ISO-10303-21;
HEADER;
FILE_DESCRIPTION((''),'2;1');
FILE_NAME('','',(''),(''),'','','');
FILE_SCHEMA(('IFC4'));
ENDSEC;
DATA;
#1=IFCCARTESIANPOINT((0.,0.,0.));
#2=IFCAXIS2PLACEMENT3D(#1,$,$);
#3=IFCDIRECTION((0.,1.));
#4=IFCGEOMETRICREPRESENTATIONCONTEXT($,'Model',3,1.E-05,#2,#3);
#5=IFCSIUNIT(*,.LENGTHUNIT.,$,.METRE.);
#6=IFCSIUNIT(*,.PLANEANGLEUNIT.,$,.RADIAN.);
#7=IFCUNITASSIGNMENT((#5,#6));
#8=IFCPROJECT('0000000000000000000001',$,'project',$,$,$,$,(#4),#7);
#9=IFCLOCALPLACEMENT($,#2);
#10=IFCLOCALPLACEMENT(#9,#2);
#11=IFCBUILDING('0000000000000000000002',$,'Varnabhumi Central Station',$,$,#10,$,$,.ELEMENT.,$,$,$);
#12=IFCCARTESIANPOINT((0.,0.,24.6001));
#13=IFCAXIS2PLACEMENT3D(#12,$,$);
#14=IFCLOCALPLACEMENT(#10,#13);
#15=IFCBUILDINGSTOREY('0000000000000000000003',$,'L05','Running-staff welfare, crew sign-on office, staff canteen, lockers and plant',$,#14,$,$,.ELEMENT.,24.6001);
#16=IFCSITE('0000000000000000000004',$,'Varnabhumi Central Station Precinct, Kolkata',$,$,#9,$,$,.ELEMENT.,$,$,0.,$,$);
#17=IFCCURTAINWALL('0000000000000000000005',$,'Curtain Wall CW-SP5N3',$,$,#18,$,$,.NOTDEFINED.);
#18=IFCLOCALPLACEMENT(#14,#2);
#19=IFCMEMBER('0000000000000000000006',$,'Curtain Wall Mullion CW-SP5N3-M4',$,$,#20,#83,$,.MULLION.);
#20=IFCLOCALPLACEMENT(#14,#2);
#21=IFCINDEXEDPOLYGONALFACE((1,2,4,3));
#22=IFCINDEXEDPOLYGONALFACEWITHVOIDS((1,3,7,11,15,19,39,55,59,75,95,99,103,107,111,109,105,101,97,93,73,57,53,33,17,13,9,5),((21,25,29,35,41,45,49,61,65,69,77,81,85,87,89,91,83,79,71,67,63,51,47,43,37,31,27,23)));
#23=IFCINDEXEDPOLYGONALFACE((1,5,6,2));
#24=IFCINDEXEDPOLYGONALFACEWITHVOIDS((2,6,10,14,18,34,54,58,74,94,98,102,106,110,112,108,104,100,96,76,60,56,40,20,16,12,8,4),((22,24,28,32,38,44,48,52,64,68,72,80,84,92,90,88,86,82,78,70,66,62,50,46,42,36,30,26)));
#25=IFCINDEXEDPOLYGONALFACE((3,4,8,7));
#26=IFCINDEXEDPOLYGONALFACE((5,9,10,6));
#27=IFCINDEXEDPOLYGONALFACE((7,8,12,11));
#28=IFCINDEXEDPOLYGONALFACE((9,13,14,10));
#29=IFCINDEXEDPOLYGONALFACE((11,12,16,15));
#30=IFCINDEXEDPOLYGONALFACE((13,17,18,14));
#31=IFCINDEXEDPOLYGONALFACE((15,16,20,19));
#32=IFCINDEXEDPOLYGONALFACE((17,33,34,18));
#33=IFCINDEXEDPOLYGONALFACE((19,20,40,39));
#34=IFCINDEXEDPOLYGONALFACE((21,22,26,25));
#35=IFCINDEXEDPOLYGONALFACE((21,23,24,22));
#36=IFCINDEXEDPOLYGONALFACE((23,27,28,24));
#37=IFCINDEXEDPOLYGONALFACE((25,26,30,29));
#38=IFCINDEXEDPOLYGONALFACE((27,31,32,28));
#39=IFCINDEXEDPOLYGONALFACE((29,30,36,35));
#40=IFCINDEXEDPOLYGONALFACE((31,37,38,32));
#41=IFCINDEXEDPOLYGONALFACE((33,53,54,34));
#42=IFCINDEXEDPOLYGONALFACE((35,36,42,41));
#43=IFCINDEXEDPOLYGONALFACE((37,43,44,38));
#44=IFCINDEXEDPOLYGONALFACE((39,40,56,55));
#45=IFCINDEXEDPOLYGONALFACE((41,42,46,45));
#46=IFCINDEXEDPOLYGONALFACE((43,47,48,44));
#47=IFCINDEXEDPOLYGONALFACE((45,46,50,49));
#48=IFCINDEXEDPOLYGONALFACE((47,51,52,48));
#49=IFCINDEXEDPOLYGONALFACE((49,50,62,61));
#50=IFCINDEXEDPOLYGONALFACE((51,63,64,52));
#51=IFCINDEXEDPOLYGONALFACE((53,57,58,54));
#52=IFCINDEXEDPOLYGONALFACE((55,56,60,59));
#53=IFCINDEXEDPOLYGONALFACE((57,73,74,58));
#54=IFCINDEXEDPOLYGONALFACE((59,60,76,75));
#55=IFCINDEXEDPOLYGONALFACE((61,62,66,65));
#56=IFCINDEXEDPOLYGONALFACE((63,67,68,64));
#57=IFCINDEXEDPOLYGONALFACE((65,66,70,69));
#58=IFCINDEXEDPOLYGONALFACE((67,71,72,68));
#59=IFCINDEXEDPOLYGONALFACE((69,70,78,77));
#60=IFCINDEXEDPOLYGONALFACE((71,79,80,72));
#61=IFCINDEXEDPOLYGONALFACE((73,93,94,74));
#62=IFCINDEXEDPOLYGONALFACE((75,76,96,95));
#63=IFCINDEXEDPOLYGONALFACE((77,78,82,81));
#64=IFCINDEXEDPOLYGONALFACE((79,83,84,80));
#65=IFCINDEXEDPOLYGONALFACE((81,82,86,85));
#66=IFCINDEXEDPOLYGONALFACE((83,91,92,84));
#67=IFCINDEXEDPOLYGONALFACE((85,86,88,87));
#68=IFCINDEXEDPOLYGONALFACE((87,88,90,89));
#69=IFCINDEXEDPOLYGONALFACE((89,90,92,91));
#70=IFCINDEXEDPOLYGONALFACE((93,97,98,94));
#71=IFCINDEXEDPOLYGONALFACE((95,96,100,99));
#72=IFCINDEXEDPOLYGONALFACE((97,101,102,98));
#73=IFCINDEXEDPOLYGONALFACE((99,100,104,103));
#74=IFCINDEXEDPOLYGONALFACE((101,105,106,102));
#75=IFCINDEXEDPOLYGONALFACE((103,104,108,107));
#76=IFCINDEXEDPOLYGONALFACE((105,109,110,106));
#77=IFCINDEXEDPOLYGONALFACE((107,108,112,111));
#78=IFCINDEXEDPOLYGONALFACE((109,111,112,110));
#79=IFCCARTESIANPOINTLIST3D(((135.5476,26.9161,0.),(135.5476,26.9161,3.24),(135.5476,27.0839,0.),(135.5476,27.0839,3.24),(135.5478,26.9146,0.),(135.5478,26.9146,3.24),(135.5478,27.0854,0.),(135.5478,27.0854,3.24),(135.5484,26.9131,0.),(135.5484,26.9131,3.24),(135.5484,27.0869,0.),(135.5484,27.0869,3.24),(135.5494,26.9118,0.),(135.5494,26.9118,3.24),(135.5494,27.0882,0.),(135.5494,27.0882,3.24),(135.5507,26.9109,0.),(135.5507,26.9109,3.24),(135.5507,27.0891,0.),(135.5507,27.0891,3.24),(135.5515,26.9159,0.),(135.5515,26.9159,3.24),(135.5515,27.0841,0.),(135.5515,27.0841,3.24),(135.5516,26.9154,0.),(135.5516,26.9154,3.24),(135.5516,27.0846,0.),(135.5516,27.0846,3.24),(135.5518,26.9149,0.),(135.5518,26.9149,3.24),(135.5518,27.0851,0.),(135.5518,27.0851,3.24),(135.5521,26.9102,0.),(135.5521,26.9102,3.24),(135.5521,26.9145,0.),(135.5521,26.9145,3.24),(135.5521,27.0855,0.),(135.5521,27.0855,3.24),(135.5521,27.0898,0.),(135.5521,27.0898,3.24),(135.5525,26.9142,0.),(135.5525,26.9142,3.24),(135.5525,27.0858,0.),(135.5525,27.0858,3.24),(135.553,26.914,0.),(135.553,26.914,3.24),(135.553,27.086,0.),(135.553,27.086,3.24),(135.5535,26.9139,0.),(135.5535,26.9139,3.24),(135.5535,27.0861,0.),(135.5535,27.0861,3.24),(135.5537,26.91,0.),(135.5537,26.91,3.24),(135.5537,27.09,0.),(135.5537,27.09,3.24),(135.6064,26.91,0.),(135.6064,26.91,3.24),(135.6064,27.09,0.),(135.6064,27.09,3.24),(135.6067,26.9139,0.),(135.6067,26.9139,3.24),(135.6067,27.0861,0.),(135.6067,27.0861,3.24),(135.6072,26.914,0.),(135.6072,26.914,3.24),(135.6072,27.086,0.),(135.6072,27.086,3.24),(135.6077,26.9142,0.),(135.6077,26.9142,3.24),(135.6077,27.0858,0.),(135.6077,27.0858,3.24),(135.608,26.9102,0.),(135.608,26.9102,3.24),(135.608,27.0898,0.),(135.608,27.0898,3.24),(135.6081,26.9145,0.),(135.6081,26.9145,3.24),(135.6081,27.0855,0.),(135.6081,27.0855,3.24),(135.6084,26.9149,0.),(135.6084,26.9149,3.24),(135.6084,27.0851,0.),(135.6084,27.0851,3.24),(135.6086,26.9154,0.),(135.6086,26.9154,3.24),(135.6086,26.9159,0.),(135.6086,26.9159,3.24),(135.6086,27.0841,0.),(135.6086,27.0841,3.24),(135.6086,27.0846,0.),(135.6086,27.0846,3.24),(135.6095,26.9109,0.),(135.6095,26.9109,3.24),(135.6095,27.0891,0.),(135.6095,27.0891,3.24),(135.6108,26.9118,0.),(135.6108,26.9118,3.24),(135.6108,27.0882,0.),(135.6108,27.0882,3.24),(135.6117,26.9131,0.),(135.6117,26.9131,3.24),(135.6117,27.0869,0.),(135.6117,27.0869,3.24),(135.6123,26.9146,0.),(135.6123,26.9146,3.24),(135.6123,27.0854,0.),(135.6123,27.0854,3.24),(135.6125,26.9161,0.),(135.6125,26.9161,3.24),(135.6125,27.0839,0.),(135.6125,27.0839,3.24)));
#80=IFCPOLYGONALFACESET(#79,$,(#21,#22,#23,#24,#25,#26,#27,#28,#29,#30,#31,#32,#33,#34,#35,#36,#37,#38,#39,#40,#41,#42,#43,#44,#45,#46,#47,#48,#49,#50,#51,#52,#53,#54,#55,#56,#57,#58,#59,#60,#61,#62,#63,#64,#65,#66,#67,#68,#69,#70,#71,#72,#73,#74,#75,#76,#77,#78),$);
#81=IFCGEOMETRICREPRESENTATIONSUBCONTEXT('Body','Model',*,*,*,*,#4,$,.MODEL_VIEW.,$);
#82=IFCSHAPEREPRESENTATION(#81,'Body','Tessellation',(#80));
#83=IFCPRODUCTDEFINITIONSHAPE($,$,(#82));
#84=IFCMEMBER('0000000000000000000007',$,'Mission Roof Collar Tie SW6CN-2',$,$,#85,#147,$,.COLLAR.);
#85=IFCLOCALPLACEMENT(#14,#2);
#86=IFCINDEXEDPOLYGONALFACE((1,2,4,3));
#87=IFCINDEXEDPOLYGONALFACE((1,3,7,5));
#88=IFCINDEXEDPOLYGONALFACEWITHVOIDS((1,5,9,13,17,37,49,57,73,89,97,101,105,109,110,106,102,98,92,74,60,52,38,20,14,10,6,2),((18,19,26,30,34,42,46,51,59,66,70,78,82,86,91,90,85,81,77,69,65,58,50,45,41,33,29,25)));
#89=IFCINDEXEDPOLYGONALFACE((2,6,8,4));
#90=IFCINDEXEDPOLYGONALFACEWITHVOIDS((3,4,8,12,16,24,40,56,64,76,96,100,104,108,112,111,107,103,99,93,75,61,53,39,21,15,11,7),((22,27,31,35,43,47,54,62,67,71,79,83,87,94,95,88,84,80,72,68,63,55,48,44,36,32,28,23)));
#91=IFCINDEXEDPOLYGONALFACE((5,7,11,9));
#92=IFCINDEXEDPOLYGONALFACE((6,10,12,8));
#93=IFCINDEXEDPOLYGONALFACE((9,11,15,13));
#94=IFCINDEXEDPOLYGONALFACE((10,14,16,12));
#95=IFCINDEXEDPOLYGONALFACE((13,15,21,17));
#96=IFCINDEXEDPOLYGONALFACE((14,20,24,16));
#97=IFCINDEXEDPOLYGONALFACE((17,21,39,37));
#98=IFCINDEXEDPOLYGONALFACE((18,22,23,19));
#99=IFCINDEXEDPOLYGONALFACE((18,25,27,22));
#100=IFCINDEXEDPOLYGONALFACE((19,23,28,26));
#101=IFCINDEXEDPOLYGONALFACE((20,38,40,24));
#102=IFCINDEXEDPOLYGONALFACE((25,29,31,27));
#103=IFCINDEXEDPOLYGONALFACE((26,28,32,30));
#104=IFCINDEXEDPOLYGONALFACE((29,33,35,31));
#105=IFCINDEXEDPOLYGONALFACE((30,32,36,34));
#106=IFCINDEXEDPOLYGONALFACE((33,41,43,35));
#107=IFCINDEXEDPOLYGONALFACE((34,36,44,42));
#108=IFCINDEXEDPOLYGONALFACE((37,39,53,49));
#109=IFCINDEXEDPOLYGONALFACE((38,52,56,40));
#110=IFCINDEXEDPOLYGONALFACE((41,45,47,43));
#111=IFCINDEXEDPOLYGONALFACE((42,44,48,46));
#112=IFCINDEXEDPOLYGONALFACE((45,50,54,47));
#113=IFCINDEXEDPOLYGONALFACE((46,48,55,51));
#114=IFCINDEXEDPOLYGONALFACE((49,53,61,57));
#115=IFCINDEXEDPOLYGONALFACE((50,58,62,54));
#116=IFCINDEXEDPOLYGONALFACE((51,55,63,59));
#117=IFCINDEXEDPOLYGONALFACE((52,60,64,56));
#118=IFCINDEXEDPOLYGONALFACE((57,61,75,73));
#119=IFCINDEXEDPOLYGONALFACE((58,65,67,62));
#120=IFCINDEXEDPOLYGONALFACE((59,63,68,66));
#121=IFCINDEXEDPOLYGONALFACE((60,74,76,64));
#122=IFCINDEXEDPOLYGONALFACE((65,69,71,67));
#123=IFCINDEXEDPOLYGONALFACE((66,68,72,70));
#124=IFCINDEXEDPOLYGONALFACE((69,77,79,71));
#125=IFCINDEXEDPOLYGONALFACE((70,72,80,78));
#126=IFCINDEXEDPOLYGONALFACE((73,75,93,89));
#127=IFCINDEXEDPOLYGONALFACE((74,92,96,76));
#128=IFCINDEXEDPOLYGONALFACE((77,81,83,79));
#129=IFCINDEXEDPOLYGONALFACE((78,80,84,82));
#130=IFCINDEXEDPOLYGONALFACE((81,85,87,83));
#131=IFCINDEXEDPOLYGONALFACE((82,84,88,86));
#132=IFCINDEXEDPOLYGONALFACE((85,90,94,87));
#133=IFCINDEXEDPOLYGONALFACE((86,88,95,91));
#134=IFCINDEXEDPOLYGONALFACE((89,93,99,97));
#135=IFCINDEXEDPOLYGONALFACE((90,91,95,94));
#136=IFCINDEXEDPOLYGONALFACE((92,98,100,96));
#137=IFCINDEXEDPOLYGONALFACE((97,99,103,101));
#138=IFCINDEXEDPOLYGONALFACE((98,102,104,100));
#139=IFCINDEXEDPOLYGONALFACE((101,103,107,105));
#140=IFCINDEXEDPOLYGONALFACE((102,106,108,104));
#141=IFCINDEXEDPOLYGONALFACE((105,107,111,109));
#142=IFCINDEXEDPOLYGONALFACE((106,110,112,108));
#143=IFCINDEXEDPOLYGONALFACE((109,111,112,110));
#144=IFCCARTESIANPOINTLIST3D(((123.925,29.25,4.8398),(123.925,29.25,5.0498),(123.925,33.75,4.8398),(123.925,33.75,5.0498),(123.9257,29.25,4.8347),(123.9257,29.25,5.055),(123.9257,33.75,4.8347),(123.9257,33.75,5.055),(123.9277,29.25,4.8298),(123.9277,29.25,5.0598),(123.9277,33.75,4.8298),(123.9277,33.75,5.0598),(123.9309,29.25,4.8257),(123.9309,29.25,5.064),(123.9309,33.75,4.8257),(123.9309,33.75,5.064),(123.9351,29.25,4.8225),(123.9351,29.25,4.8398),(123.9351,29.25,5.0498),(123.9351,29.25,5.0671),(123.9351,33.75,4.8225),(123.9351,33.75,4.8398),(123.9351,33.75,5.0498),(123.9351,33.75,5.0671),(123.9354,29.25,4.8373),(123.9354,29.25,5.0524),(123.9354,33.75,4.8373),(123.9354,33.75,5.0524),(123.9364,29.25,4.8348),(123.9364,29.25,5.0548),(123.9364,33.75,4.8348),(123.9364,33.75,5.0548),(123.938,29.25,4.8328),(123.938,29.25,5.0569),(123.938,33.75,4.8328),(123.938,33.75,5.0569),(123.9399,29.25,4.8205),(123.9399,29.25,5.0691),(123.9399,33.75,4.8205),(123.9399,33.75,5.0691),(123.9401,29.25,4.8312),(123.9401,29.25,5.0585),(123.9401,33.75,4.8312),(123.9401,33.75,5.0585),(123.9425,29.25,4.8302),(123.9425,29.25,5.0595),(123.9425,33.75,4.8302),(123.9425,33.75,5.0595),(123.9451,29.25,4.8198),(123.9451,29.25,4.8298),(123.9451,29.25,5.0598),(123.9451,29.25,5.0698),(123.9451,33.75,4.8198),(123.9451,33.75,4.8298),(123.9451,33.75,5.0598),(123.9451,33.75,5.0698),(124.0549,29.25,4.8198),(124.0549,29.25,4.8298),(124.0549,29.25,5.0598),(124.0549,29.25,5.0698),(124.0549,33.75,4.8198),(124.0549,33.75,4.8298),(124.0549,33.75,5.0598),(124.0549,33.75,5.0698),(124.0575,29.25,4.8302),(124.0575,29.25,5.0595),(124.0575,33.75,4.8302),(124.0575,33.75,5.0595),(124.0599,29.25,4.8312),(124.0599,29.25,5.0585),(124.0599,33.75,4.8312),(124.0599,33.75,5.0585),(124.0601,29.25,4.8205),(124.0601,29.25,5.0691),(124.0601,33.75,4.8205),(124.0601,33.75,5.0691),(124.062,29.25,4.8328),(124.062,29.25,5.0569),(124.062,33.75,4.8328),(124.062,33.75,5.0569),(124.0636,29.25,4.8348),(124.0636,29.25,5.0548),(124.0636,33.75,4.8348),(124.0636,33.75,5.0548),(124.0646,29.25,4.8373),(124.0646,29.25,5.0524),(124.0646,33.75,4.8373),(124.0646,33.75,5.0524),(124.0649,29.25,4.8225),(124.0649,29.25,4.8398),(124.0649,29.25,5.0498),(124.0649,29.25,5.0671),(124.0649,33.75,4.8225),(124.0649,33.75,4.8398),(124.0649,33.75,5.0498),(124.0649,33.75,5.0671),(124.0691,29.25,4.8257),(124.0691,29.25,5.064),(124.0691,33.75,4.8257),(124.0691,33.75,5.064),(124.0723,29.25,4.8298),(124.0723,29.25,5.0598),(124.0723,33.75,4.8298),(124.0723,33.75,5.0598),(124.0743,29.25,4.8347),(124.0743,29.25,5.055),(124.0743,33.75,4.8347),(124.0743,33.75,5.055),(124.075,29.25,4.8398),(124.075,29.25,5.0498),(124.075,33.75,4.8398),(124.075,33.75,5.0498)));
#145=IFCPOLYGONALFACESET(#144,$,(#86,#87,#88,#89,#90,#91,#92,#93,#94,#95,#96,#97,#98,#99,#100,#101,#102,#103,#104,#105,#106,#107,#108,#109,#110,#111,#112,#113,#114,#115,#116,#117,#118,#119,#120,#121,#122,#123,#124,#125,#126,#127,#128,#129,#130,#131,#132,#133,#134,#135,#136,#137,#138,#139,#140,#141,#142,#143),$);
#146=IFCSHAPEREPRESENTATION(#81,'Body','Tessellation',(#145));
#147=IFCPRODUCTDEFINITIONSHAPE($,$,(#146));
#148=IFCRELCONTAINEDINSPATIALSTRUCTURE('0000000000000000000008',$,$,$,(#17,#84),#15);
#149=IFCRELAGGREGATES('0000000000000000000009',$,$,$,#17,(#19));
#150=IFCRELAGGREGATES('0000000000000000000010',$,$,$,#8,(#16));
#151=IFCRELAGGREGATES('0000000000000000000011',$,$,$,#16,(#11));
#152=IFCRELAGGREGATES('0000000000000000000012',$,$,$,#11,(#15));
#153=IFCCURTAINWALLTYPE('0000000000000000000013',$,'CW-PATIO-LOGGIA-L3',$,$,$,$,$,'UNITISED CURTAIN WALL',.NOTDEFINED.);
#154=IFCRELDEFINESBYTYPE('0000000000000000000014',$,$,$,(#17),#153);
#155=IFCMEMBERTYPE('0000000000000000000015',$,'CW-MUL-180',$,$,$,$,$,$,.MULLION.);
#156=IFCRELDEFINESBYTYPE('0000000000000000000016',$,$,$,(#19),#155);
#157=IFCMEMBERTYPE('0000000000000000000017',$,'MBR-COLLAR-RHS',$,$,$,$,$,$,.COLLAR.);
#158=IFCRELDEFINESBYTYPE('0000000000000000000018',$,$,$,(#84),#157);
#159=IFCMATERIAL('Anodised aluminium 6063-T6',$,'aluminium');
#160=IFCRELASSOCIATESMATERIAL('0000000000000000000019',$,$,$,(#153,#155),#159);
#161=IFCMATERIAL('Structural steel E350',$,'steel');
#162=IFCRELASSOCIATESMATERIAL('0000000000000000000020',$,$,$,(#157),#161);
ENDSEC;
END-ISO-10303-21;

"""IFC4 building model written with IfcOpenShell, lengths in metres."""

from ifc_helpers import new_model, si_unit, direction, frame, origin, origin_2d, place, context, subcontext, project, spatial, hollow_rectangle, extrude, material, material_profile, profile_set, type_object, element, aggregate, save


model = new_model("IFC4")

# Units and contexts
model_context = context("Model", 3, precision=1e-05, world=origin(), true_north=direction((0.0, 1.0)))
body_context = subcontext(model_context, "Body", "Model", "MODEL_VIEW")
ifc_project = project(units=[si_unit("LENGTHUNIT", "METRE"), si_unit("PLANEANGLEUNIT", "RADIAN")], contexts=[model_context])

# Site, building, storey
site_placement = place(None, origin())
site = spatial("IfcSite", under=ifc_project, at=site_placement, Name="Varnabhumi Central Station Precinct, Kolkata", CompositionType="ELEMENT", RefElevation=0.0)
building_placement = place(site_placement, origin())
building = spatial("IfcBuilding", under=site, at=building_placement, Name="Varnabhumi Central Station", CompositionType="ELEMENT")
storey_placement = place(building_placement, frame((0.0, 0.0, 24.6001)))
storey = spatial("IfcBuildingStorey", under=building, at=storey_placement, Name="L05", Description="Running-staff welfare, crew sign-on office, staff canteen, lockers and plant", CompositionType="ELEMENT", Elevation=24.6001)

# Shared definitions
ifc_material_1 = material(Name="Structural steel E350", Category="steel")

# Curtain wall, member
ifc_material_2 = material(Name="Anodised aluminium 6063-T6", Category="aluminium")
curtain_wall_type = type_object("IfcCurtainWallType", Name="CW-PATIO-LOGGIA-L3", ElementType="UNITISED CURTAIN WALL", PredefinedType="NOTDEFINED", material=ifc_material_2)
curtain_wall_placement = place(storey_placement, origin())
curtain_wall = element("IfcCurtainWall", 1, at=curtain_wall_placement, inside=storey, type_object=curtain_wall_type, Name="Curtain Wall CW-SP5N3", PredefinedType="NOTDEFINED")
ifc_material_profile_1 = material_profile(ifc_material_2, hollow_rectangle(XDim=0.0649, YDim=0.1799, WallThickness=0.0039, InnerFilletRadius=0.002, OuterFilletRadius=0.0061, at=origin_2d()), Name="Anodised aluminium 6063-T6", Category="aluminium")
ifc_profile_set_1 = profile_set([ifc_material_profile_1], Name="Anodised aluminium 6063-T6")
member_type_1 = type_object("IfcMemberType", Name="CW-MUL-180", PredefinedType="MULLION", material=ifc_profile_set_1)
member_1_placement = place(storey_placement, frame((135.5801, 27.0, 0.0), z_axis=(0.0, 0.0, 1.0), x_axis=(1.0, 0.0, 0.0)))
member_1 = element("IfcMember", 2, at=member_1_placement, type_object=member_type_1, Name="Curtain Wall Mullion CW-SP5N3-M4", PredefinedType="MULLION", context=body_context, shape_type="SweptSolid", body=[
    extrude(hollow_rectangle(XDim=0.0649, YDim=0.1799, WallThickness=0.0039, InnerFilletRadius=0.002, OuterFilletRadius=0.0061, at=origin_2d()), origin(), (0.0, 0.0, 1.0), 3.24),
])

# Member
ifc_material_profile_2 = material_profile(ifc_material_1, hollow_rectangle(XDim=0.1499, YDim=0.25, WallThickness=0.01, InnerFilletRadius=0.01, OuterFilletRadius=0.02, at=origin_2d()), Name="Structural steel E350", Category="steel")
ifc_profile_set_2 = profile_set([ifc_material_profile_2], Name="Structural steel E350")
member_type_2 = type_object("IfcMemberType", Name="MBR-COLLAR-RHS", PredefinedType="COLLAR", material=ifc_profile_set_2)
for number, where, z_axis, x_axis, name in (
    (3, (124.0, 29.25, 4.9448), (0.0, 1.0, 0.0), (-1.0, 0.0, 0.0), "Mission Roof Collar Tie SW6CN-2"),
):
    element("IfcMember", number, at=place(storey_placement, frame(where, z_axis=z_axis, x_axis=x_axis)), inside=storey, type_object=member_type_2, Name=name, PredefinedType="COLLAR", context=body_context, shape_type="SweptSolid", body=[
        extrude(hollow_rectangle(XDim=0.1499, YDim=0.25, WallThickness=0.01, InnerFilletRadius=0.01, OuterFilletRadius=0.02, at=origin_2d()), origin(), (0.0, 0.0, 1.0), 4.5),
    ])

aggregate(curtain_wall, [member_1])

save(model, "model.ifc")
